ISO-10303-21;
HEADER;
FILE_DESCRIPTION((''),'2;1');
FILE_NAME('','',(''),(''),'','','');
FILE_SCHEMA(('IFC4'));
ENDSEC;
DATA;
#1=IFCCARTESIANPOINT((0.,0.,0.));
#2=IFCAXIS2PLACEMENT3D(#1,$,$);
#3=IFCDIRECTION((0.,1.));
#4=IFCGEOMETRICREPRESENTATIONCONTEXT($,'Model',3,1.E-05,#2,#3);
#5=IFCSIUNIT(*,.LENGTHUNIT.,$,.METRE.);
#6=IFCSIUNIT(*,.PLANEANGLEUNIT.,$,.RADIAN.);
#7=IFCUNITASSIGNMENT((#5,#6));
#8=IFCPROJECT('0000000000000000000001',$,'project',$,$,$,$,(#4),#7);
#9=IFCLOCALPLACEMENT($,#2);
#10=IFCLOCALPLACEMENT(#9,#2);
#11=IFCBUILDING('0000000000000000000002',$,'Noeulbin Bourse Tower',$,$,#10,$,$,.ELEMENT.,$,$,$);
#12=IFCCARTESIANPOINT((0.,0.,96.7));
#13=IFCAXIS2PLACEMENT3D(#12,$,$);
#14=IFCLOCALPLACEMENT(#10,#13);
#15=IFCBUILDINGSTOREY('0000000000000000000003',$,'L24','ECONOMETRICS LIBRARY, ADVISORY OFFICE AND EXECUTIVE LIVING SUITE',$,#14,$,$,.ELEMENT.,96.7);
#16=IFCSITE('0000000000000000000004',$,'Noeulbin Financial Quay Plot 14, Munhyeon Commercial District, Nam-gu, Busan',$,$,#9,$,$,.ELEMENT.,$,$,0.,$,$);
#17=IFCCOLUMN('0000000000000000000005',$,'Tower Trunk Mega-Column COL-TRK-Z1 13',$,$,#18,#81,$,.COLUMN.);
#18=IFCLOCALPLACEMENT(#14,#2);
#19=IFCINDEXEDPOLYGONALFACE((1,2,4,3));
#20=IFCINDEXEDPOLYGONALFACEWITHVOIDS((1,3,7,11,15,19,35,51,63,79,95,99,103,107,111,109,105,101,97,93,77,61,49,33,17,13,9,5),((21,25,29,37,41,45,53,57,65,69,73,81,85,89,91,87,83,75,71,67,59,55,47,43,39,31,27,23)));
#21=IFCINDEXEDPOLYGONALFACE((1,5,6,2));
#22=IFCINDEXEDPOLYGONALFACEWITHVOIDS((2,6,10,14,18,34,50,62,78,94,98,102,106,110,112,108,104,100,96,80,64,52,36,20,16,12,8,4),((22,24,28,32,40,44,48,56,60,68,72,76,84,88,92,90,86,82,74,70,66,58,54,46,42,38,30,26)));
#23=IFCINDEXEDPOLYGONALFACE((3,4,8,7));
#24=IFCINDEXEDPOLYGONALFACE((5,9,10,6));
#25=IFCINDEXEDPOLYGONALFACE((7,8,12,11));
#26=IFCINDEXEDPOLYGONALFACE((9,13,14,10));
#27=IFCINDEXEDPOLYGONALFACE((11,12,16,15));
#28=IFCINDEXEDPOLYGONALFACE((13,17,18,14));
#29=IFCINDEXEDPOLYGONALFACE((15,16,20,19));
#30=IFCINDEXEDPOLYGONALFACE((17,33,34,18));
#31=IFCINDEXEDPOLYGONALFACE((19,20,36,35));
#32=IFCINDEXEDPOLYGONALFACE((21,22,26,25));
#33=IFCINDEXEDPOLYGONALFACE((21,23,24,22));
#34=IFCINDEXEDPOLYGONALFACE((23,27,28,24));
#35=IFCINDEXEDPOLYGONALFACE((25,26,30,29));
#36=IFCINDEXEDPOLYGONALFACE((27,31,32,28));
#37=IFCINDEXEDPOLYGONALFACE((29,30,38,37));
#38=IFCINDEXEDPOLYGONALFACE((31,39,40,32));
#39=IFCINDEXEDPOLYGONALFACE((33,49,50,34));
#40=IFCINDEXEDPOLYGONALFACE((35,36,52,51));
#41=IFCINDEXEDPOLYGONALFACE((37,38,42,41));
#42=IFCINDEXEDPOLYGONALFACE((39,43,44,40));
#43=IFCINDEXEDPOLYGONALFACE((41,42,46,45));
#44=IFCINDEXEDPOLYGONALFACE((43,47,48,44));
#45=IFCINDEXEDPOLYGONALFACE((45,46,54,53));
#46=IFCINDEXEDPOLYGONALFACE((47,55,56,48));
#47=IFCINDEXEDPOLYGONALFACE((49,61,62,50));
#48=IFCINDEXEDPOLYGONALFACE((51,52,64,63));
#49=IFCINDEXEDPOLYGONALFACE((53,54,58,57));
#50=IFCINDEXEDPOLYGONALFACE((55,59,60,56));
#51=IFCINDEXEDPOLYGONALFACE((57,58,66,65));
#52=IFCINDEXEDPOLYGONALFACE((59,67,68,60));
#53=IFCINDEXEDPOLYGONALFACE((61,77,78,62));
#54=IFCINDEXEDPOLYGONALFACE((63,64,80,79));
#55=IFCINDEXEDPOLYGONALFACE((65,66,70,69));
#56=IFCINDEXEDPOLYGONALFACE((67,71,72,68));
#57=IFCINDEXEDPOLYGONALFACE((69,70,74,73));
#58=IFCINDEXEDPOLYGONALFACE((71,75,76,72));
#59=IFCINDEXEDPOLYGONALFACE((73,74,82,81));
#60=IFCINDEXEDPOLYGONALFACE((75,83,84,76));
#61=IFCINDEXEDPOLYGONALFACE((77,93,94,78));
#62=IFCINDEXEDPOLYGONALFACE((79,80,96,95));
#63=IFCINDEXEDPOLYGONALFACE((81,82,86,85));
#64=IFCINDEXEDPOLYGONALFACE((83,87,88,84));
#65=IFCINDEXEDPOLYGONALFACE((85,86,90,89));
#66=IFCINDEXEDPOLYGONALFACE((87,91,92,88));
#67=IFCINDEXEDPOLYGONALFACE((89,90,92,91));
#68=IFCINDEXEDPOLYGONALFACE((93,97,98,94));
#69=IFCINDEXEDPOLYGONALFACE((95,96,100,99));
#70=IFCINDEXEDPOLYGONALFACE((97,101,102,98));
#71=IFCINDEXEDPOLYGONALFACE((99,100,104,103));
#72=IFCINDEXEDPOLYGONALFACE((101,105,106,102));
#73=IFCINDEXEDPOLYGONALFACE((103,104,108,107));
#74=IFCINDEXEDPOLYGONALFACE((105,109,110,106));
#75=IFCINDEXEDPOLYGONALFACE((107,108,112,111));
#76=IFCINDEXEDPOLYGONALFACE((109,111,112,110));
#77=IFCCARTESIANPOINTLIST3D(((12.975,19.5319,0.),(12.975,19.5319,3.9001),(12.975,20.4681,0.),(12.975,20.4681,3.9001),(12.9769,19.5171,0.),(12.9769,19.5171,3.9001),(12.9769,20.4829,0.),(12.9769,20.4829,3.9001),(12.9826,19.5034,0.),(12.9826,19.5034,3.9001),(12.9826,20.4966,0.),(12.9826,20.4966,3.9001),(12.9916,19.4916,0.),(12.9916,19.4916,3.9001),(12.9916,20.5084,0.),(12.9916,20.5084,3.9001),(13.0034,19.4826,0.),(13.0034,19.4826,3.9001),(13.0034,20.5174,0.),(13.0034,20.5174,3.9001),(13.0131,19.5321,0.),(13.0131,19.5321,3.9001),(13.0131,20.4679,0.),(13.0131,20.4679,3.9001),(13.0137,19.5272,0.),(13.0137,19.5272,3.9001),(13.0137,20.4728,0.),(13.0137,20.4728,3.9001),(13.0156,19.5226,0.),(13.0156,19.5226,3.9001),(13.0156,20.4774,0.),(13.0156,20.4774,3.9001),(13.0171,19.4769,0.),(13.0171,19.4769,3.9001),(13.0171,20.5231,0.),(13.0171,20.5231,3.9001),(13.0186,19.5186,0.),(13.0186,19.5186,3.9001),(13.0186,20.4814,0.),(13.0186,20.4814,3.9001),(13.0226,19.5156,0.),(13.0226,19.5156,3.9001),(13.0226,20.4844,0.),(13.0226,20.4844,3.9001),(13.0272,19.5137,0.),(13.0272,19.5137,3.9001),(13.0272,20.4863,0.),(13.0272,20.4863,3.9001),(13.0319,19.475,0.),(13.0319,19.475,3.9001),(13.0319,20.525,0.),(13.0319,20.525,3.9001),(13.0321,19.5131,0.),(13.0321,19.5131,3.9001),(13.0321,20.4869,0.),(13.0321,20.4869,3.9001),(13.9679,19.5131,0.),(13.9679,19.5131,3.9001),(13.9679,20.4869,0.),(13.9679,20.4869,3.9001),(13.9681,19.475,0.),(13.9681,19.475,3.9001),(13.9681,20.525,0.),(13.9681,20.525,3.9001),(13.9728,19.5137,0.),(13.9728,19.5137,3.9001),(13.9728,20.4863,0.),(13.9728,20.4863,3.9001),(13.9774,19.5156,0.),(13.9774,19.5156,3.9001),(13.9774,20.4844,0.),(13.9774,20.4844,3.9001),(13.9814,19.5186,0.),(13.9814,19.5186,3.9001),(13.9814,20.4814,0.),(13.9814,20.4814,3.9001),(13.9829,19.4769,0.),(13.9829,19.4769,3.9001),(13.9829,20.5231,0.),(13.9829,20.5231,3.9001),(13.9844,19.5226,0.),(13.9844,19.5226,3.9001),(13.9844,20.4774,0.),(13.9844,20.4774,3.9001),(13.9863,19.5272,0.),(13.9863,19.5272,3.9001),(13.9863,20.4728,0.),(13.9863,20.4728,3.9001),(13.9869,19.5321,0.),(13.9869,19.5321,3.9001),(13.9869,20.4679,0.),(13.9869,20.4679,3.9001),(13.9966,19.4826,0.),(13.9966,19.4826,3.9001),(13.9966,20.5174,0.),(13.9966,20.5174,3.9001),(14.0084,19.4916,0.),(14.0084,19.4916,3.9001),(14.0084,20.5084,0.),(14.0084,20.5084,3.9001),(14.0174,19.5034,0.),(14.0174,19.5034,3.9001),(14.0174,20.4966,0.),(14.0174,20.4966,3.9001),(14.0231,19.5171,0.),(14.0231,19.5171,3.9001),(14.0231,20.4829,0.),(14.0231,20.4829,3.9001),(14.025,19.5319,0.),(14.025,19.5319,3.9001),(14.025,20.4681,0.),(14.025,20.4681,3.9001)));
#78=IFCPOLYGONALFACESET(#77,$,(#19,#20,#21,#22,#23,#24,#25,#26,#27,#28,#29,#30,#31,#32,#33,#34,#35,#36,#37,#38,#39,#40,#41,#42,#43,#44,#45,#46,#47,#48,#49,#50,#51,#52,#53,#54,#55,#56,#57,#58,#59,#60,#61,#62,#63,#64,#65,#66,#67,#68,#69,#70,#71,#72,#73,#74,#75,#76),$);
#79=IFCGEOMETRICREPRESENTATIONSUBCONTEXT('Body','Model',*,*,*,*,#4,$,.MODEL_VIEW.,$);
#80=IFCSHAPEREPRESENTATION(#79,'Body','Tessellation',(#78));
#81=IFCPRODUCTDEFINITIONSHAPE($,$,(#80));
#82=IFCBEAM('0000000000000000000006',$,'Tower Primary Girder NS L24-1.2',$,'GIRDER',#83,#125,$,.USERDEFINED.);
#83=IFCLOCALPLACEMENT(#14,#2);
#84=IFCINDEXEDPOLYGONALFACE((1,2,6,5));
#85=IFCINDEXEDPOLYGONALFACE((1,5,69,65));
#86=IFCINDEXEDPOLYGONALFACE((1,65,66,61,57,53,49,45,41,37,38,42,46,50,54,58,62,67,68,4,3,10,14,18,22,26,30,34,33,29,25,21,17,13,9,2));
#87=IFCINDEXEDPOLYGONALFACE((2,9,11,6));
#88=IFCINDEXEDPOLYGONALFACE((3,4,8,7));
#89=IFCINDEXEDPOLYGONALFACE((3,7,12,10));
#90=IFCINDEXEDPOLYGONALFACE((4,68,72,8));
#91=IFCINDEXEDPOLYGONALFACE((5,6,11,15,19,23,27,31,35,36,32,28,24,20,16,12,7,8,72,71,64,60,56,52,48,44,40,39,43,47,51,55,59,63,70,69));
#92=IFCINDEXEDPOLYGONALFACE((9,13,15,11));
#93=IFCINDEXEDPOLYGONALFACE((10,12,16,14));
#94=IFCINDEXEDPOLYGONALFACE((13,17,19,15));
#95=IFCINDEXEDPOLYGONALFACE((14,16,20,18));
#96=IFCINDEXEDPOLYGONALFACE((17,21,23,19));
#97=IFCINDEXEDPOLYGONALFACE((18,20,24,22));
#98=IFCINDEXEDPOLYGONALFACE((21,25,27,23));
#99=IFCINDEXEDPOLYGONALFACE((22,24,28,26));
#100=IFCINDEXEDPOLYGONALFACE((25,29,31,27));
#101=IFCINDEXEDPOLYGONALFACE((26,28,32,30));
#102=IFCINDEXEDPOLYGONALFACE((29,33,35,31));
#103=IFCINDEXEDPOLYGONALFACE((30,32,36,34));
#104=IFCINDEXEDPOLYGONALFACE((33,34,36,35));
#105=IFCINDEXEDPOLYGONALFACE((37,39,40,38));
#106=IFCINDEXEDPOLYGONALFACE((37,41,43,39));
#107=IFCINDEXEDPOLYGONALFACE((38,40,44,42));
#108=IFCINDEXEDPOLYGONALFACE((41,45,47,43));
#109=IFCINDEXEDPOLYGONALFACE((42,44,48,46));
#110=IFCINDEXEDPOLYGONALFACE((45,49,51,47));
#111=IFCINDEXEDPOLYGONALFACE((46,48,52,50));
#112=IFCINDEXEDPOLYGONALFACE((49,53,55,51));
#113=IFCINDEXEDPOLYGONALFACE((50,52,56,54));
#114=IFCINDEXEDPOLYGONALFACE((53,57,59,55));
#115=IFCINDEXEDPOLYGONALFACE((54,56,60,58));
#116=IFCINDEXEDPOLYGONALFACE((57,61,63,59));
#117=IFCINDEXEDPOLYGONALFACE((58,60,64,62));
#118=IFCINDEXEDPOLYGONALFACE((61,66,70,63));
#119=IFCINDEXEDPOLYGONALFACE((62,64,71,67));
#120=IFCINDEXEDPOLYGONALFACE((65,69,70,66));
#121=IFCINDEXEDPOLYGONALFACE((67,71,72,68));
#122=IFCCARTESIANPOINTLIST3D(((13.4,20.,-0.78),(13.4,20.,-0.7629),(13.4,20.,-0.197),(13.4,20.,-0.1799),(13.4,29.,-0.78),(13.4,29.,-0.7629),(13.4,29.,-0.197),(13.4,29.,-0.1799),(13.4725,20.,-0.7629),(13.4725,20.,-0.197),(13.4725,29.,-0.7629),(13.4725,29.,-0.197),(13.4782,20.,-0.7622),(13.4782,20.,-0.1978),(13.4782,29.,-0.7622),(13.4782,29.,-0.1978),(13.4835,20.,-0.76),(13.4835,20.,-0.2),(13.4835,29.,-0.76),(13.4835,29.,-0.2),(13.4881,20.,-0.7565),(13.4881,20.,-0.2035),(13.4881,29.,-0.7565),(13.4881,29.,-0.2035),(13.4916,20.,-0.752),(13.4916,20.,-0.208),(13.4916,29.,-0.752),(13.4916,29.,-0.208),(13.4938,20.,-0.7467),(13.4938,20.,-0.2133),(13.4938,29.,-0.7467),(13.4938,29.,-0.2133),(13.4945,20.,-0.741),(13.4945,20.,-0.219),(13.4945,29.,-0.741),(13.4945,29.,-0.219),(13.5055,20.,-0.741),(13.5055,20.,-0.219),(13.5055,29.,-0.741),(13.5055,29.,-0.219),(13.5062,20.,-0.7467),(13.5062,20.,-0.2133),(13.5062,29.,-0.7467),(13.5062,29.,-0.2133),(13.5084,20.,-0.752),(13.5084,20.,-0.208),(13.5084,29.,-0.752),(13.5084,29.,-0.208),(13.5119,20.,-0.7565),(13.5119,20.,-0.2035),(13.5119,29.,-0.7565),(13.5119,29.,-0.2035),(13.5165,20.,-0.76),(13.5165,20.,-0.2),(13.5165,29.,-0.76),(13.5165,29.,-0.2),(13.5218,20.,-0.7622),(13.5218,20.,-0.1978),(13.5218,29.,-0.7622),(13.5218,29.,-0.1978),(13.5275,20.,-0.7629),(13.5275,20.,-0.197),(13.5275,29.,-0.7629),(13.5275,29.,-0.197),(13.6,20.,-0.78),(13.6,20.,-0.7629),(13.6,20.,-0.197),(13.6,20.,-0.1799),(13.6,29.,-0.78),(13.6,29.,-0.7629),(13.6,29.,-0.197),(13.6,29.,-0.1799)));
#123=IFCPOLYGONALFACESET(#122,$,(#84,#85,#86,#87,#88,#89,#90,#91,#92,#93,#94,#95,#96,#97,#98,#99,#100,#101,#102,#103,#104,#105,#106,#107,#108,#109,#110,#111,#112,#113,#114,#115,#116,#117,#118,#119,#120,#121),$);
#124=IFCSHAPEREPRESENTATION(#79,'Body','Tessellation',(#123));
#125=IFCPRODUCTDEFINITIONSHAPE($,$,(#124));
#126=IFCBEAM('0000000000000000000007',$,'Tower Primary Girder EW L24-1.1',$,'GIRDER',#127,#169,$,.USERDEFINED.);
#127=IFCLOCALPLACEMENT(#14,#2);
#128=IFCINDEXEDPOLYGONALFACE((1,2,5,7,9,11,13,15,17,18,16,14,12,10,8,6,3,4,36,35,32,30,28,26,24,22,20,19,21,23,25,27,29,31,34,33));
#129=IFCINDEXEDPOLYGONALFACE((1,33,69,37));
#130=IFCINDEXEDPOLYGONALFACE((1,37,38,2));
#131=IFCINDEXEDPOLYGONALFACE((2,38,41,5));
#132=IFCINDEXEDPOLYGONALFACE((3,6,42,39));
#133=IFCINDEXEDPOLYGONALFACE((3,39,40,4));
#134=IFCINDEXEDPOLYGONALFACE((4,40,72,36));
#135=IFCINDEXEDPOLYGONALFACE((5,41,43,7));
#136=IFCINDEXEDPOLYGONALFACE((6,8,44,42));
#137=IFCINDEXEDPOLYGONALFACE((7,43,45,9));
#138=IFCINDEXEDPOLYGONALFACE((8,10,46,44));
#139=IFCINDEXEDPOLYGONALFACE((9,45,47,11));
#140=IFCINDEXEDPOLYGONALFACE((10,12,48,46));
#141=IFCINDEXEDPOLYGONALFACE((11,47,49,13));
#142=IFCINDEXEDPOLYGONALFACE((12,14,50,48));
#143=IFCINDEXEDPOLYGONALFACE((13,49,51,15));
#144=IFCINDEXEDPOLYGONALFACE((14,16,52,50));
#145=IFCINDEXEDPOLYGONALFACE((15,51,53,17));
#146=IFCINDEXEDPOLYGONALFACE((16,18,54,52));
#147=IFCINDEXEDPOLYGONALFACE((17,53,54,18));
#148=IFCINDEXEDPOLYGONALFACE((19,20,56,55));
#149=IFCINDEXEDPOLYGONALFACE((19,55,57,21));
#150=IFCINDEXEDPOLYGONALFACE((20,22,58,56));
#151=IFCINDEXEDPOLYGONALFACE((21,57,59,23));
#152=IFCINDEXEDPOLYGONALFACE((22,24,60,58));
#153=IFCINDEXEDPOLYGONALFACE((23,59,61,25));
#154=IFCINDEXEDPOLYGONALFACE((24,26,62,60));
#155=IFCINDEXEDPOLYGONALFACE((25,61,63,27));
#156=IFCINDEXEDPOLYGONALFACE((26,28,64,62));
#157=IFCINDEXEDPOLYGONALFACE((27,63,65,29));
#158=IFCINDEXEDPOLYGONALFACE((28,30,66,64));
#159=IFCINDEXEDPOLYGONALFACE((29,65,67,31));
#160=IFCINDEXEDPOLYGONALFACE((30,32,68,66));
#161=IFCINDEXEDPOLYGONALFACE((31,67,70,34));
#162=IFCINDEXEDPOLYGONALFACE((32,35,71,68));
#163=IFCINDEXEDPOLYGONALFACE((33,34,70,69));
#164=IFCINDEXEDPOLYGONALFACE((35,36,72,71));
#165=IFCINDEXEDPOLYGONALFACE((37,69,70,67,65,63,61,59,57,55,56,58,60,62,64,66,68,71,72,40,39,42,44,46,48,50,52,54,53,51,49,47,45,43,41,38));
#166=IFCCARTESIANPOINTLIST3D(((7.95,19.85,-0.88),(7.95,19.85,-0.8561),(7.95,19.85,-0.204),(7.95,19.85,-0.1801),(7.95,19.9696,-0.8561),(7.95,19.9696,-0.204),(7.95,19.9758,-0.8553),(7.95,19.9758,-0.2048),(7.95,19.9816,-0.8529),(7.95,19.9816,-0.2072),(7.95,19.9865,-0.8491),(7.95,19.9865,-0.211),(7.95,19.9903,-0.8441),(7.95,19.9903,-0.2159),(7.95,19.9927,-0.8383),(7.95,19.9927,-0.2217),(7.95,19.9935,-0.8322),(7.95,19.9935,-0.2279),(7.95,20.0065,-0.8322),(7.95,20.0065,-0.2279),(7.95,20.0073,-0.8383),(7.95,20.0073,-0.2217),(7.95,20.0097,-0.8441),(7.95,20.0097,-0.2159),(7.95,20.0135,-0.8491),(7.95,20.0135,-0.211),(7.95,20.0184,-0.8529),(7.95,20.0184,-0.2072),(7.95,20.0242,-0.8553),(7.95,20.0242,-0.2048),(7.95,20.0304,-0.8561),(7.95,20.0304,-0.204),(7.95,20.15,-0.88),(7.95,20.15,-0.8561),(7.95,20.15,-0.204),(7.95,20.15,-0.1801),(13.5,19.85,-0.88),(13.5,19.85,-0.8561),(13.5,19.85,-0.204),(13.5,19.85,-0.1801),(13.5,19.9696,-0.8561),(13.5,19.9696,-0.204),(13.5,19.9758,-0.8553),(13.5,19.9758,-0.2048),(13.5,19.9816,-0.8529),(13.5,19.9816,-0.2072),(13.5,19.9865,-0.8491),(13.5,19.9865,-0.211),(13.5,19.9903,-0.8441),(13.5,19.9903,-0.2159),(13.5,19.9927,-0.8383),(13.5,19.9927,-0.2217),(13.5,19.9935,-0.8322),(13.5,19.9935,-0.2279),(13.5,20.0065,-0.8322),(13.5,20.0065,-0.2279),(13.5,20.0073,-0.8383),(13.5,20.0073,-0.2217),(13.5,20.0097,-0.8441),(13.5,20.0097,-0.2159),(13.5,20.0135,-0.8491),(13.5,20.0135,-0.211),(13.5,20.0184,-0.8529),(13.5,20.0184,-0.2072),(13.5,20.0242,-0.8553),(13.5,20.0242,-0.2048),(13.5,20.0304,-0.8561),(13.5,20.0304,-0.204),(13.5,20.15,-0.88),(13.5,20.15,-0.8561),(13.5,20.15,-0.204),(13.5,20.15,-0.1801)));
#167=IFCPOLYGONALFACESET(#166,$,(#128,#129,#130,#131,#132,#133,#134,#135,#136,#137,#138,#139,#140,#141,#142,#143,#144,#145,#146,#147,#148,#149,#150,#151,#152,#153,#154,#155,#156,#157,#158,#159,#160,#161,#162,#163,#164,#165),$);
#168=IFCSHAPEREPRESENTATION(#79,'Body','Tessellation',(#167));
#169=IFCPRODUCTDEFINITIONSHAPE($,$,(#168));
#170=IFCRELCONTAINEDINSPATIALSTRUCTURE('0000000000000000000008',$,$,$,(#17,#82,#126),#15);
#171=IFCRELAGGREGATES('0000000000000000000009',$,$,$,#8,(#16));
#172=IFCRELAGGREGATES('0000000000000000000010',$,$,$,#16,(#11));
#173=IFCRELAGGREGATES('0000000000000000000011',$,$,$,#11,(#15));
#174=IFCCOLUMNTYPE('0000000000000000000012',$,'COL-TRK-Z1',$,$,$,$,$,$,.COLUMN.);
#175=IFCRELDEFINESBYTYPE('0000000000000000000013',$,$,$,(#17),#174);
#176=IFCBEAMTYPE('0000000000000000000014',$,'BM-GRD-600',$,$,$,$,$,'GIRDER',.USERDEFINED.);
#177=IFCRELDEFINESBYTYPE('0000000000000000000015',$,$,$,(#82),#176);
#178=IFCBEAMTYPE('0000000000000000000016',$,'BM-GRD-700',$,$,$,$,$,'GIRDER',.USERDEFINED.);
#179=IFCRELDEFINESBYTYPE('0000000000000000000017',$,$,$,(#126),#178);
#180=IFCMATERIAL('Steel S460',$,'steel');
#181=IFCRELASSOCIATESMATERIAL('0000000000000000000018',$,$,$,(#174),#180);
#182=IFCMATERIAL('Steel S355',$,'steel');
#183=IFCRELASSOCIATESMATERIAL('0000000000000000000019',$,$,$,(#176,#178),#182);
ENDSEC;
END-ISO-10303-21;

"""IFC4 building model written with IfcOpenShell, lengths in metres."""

from ifc_helpers import new_model, si_unit, direction, frame, origin, origin_2d, place, context, subcontext, project, spatial, hollow_rectangle, i_section, extrude, material, material_profile, profile_set, type_object, element, save


model = new_model("IFC4")

# Units and contexts
model_context = context("Model", 3, precision=1e-05, world=origin(), true_north=direction((0.0, 1.0)))
body_context = subcontext(model_context, "Body", "Model", "MODEL_VIEW")
ifc_project = project(units=[si_unit("LENGTHUNIT", "METRE"), si_unit("PLANEANGLEUNIT", "RADIAN")], contexts=[model_context])

# Site, building, storey
site_placement = place(None, origin())
site = spatial("IfcSite", under=ifc_project, at=site_placement, Name="Noeulbin Financial Quay Plot 14, Munhyeon Commercial District, Nam-gu, Busan", CompositionType="ELEMENT", RefElevation=0.0)
building_placement = place(site_placement, origin())
building = spatial("IfcBuilding", under=site, at=building_placement, Name="Noeulbin Bourse Tower", CompositionType="ELEMENT")
storey_placement = place(building_placement, frame((0.0, 0.0, 96.7)))
storey = spatial("IfcBuildingStorey", under=building, at=storey_placement, Name="L24", Description="ECONOMETRICS LIBRARY, ADVISORY OFFICE AND EXECUTIVE LIVING SUITE", CompositionType="ELEMENT", Elevation=96.7)

# Column
ifc_material_1 = material(Name="Steel S460", Category="steel")
ifc_material_profile_1 = material_profile(ifc_material_1, hollow_rectangle(XDim=1.05, YDim=1.05, WallThickness=0.0381, InnerFilletRadius=0.019, OuterFilletRadius=0.0569, at=origin_2d()), Name="BOX-1050x1050x38", Category="LoadBearing")
ifc_profile_set_1 = profile_set([ifc_material_profile_1], Name="Steel S460")
column_type = type_object("IfcColumnType", Name="COL-TRK-Z1", PredefinedType="COLUMN", material=ifc_profile_set_1)
column_placement = place(storey_placement, frame((13.5, 20.0, 0.0), z_axis=(0.0, 0.0, 1.0), x_axis=(1.0, 0.0, 0.0)))
element("IfcColumn", 1, at=column_placement, inside=storey, type_object=column_type, Name="Tower Trunk Mega-Column COL-TRK-Z1 13", PredefinedType="COLUMN", context=body_context, shape_type="SweptSolid", body=[
    extrude(hollow_rectangle(XDim=1.05, YDim=1.05, WallThickness=0.0381, InnerFilletRadius=0.019, OuterFilletRadius=0.0569, at=origin_2d()), origin(), (0.0, 0.0, 1.0), 3.9001),
])

# Beams
ifc_material_2 = material(Name="Steel S355", Category="steel")
ifc_material_profile_2 = material_profile(ifc_material_2, i_section(OverallWidth=0.2, OverallDepth=0.6001, WebThickness=0.011, FlangeThickness=0.0171, FilletRadius=0.022, at=origin_2d()), Name="H-600x200x11x17", Category="LoadBearing")
ifc_profile_set_2 = profile_set([ifc_material_profile_2], Name="Steel S355")
beam_type_1 = type_object("IfcBeamType", Name="BM-GRD-600", ElementType="GIRDER", PredefinedType="USERDEFINED", material=ifc_profile_set_2)
beam_1_placement = place(storey_placement, frame((13.5, 20.0, -0.48), z_axis=(0.0, 1.0, 0.0), x_axis=(-1.0, 0.0, 0.0)))
element("IfcBeam", 2, at=beam_1_placement, inside=storey, type_object=beam_type_1, Name="Tower Primary Girder NS L24-1.2", ObjectType="GIRDER", PredefinedType="USERDEFINED", context=body_context, shape_type="SweptSolid", body=[
    extrude(i_section(OverallWidth=0.2, OverallDepth=0.6001, WebThickness=0.011, FlangeThickness=0.0171, FilletRadius=0.022, at=origin_2d()), origin(), (0.0, 0.0, 1.0), 9.0),
])
ifc_material_profile_3 = material_profile(ifc_material_2, i_section(OverallWidth=0.3, OverallDepth=0.7, WebThickness=0.0129, FlangeThickness=0.0239, FilletRadius=0.0239, at=origin_2d()), Name="H-700x300x13x24", Category="LoadBearing")
ifc_profile_set_3 = profile_set([ifc_material_profile_3], Name="Steel S355")
beam_type_2 = type_object("IfcBeamType", Name="BM-GRD-700", ElementType="GIRDER", PredefinedType="USERDEFINED", material=ifc_profile_set_3)
beam_2_placement = place(storey_placement, frame((7.95, 20.0, -0.53), z_axis=(1.0, 0.0, 0.0), x_axis=(0.0, 1.0, 0.0)))
element("IfcBeam", 3, at=beam_2_placement, inside=storey, type_object=beam_type_2, Name="Tower Primary Girder EW L24-1.1", ObjectType="GIRDER", PredefinedType="USERDEFINED", context=body_context, shape_type="SweptSolid", body=[
    extrude(i_section(OverallWidth=0.3, OverallDepth=0.7, WebThickness=0.0129, FlangeThickness=0.0239, FilletRadius=0.0239, at=origin_2d()), origin(), (0.0, 0.0, 1.0), 5.55),
])

save(model, "model.ifc")
